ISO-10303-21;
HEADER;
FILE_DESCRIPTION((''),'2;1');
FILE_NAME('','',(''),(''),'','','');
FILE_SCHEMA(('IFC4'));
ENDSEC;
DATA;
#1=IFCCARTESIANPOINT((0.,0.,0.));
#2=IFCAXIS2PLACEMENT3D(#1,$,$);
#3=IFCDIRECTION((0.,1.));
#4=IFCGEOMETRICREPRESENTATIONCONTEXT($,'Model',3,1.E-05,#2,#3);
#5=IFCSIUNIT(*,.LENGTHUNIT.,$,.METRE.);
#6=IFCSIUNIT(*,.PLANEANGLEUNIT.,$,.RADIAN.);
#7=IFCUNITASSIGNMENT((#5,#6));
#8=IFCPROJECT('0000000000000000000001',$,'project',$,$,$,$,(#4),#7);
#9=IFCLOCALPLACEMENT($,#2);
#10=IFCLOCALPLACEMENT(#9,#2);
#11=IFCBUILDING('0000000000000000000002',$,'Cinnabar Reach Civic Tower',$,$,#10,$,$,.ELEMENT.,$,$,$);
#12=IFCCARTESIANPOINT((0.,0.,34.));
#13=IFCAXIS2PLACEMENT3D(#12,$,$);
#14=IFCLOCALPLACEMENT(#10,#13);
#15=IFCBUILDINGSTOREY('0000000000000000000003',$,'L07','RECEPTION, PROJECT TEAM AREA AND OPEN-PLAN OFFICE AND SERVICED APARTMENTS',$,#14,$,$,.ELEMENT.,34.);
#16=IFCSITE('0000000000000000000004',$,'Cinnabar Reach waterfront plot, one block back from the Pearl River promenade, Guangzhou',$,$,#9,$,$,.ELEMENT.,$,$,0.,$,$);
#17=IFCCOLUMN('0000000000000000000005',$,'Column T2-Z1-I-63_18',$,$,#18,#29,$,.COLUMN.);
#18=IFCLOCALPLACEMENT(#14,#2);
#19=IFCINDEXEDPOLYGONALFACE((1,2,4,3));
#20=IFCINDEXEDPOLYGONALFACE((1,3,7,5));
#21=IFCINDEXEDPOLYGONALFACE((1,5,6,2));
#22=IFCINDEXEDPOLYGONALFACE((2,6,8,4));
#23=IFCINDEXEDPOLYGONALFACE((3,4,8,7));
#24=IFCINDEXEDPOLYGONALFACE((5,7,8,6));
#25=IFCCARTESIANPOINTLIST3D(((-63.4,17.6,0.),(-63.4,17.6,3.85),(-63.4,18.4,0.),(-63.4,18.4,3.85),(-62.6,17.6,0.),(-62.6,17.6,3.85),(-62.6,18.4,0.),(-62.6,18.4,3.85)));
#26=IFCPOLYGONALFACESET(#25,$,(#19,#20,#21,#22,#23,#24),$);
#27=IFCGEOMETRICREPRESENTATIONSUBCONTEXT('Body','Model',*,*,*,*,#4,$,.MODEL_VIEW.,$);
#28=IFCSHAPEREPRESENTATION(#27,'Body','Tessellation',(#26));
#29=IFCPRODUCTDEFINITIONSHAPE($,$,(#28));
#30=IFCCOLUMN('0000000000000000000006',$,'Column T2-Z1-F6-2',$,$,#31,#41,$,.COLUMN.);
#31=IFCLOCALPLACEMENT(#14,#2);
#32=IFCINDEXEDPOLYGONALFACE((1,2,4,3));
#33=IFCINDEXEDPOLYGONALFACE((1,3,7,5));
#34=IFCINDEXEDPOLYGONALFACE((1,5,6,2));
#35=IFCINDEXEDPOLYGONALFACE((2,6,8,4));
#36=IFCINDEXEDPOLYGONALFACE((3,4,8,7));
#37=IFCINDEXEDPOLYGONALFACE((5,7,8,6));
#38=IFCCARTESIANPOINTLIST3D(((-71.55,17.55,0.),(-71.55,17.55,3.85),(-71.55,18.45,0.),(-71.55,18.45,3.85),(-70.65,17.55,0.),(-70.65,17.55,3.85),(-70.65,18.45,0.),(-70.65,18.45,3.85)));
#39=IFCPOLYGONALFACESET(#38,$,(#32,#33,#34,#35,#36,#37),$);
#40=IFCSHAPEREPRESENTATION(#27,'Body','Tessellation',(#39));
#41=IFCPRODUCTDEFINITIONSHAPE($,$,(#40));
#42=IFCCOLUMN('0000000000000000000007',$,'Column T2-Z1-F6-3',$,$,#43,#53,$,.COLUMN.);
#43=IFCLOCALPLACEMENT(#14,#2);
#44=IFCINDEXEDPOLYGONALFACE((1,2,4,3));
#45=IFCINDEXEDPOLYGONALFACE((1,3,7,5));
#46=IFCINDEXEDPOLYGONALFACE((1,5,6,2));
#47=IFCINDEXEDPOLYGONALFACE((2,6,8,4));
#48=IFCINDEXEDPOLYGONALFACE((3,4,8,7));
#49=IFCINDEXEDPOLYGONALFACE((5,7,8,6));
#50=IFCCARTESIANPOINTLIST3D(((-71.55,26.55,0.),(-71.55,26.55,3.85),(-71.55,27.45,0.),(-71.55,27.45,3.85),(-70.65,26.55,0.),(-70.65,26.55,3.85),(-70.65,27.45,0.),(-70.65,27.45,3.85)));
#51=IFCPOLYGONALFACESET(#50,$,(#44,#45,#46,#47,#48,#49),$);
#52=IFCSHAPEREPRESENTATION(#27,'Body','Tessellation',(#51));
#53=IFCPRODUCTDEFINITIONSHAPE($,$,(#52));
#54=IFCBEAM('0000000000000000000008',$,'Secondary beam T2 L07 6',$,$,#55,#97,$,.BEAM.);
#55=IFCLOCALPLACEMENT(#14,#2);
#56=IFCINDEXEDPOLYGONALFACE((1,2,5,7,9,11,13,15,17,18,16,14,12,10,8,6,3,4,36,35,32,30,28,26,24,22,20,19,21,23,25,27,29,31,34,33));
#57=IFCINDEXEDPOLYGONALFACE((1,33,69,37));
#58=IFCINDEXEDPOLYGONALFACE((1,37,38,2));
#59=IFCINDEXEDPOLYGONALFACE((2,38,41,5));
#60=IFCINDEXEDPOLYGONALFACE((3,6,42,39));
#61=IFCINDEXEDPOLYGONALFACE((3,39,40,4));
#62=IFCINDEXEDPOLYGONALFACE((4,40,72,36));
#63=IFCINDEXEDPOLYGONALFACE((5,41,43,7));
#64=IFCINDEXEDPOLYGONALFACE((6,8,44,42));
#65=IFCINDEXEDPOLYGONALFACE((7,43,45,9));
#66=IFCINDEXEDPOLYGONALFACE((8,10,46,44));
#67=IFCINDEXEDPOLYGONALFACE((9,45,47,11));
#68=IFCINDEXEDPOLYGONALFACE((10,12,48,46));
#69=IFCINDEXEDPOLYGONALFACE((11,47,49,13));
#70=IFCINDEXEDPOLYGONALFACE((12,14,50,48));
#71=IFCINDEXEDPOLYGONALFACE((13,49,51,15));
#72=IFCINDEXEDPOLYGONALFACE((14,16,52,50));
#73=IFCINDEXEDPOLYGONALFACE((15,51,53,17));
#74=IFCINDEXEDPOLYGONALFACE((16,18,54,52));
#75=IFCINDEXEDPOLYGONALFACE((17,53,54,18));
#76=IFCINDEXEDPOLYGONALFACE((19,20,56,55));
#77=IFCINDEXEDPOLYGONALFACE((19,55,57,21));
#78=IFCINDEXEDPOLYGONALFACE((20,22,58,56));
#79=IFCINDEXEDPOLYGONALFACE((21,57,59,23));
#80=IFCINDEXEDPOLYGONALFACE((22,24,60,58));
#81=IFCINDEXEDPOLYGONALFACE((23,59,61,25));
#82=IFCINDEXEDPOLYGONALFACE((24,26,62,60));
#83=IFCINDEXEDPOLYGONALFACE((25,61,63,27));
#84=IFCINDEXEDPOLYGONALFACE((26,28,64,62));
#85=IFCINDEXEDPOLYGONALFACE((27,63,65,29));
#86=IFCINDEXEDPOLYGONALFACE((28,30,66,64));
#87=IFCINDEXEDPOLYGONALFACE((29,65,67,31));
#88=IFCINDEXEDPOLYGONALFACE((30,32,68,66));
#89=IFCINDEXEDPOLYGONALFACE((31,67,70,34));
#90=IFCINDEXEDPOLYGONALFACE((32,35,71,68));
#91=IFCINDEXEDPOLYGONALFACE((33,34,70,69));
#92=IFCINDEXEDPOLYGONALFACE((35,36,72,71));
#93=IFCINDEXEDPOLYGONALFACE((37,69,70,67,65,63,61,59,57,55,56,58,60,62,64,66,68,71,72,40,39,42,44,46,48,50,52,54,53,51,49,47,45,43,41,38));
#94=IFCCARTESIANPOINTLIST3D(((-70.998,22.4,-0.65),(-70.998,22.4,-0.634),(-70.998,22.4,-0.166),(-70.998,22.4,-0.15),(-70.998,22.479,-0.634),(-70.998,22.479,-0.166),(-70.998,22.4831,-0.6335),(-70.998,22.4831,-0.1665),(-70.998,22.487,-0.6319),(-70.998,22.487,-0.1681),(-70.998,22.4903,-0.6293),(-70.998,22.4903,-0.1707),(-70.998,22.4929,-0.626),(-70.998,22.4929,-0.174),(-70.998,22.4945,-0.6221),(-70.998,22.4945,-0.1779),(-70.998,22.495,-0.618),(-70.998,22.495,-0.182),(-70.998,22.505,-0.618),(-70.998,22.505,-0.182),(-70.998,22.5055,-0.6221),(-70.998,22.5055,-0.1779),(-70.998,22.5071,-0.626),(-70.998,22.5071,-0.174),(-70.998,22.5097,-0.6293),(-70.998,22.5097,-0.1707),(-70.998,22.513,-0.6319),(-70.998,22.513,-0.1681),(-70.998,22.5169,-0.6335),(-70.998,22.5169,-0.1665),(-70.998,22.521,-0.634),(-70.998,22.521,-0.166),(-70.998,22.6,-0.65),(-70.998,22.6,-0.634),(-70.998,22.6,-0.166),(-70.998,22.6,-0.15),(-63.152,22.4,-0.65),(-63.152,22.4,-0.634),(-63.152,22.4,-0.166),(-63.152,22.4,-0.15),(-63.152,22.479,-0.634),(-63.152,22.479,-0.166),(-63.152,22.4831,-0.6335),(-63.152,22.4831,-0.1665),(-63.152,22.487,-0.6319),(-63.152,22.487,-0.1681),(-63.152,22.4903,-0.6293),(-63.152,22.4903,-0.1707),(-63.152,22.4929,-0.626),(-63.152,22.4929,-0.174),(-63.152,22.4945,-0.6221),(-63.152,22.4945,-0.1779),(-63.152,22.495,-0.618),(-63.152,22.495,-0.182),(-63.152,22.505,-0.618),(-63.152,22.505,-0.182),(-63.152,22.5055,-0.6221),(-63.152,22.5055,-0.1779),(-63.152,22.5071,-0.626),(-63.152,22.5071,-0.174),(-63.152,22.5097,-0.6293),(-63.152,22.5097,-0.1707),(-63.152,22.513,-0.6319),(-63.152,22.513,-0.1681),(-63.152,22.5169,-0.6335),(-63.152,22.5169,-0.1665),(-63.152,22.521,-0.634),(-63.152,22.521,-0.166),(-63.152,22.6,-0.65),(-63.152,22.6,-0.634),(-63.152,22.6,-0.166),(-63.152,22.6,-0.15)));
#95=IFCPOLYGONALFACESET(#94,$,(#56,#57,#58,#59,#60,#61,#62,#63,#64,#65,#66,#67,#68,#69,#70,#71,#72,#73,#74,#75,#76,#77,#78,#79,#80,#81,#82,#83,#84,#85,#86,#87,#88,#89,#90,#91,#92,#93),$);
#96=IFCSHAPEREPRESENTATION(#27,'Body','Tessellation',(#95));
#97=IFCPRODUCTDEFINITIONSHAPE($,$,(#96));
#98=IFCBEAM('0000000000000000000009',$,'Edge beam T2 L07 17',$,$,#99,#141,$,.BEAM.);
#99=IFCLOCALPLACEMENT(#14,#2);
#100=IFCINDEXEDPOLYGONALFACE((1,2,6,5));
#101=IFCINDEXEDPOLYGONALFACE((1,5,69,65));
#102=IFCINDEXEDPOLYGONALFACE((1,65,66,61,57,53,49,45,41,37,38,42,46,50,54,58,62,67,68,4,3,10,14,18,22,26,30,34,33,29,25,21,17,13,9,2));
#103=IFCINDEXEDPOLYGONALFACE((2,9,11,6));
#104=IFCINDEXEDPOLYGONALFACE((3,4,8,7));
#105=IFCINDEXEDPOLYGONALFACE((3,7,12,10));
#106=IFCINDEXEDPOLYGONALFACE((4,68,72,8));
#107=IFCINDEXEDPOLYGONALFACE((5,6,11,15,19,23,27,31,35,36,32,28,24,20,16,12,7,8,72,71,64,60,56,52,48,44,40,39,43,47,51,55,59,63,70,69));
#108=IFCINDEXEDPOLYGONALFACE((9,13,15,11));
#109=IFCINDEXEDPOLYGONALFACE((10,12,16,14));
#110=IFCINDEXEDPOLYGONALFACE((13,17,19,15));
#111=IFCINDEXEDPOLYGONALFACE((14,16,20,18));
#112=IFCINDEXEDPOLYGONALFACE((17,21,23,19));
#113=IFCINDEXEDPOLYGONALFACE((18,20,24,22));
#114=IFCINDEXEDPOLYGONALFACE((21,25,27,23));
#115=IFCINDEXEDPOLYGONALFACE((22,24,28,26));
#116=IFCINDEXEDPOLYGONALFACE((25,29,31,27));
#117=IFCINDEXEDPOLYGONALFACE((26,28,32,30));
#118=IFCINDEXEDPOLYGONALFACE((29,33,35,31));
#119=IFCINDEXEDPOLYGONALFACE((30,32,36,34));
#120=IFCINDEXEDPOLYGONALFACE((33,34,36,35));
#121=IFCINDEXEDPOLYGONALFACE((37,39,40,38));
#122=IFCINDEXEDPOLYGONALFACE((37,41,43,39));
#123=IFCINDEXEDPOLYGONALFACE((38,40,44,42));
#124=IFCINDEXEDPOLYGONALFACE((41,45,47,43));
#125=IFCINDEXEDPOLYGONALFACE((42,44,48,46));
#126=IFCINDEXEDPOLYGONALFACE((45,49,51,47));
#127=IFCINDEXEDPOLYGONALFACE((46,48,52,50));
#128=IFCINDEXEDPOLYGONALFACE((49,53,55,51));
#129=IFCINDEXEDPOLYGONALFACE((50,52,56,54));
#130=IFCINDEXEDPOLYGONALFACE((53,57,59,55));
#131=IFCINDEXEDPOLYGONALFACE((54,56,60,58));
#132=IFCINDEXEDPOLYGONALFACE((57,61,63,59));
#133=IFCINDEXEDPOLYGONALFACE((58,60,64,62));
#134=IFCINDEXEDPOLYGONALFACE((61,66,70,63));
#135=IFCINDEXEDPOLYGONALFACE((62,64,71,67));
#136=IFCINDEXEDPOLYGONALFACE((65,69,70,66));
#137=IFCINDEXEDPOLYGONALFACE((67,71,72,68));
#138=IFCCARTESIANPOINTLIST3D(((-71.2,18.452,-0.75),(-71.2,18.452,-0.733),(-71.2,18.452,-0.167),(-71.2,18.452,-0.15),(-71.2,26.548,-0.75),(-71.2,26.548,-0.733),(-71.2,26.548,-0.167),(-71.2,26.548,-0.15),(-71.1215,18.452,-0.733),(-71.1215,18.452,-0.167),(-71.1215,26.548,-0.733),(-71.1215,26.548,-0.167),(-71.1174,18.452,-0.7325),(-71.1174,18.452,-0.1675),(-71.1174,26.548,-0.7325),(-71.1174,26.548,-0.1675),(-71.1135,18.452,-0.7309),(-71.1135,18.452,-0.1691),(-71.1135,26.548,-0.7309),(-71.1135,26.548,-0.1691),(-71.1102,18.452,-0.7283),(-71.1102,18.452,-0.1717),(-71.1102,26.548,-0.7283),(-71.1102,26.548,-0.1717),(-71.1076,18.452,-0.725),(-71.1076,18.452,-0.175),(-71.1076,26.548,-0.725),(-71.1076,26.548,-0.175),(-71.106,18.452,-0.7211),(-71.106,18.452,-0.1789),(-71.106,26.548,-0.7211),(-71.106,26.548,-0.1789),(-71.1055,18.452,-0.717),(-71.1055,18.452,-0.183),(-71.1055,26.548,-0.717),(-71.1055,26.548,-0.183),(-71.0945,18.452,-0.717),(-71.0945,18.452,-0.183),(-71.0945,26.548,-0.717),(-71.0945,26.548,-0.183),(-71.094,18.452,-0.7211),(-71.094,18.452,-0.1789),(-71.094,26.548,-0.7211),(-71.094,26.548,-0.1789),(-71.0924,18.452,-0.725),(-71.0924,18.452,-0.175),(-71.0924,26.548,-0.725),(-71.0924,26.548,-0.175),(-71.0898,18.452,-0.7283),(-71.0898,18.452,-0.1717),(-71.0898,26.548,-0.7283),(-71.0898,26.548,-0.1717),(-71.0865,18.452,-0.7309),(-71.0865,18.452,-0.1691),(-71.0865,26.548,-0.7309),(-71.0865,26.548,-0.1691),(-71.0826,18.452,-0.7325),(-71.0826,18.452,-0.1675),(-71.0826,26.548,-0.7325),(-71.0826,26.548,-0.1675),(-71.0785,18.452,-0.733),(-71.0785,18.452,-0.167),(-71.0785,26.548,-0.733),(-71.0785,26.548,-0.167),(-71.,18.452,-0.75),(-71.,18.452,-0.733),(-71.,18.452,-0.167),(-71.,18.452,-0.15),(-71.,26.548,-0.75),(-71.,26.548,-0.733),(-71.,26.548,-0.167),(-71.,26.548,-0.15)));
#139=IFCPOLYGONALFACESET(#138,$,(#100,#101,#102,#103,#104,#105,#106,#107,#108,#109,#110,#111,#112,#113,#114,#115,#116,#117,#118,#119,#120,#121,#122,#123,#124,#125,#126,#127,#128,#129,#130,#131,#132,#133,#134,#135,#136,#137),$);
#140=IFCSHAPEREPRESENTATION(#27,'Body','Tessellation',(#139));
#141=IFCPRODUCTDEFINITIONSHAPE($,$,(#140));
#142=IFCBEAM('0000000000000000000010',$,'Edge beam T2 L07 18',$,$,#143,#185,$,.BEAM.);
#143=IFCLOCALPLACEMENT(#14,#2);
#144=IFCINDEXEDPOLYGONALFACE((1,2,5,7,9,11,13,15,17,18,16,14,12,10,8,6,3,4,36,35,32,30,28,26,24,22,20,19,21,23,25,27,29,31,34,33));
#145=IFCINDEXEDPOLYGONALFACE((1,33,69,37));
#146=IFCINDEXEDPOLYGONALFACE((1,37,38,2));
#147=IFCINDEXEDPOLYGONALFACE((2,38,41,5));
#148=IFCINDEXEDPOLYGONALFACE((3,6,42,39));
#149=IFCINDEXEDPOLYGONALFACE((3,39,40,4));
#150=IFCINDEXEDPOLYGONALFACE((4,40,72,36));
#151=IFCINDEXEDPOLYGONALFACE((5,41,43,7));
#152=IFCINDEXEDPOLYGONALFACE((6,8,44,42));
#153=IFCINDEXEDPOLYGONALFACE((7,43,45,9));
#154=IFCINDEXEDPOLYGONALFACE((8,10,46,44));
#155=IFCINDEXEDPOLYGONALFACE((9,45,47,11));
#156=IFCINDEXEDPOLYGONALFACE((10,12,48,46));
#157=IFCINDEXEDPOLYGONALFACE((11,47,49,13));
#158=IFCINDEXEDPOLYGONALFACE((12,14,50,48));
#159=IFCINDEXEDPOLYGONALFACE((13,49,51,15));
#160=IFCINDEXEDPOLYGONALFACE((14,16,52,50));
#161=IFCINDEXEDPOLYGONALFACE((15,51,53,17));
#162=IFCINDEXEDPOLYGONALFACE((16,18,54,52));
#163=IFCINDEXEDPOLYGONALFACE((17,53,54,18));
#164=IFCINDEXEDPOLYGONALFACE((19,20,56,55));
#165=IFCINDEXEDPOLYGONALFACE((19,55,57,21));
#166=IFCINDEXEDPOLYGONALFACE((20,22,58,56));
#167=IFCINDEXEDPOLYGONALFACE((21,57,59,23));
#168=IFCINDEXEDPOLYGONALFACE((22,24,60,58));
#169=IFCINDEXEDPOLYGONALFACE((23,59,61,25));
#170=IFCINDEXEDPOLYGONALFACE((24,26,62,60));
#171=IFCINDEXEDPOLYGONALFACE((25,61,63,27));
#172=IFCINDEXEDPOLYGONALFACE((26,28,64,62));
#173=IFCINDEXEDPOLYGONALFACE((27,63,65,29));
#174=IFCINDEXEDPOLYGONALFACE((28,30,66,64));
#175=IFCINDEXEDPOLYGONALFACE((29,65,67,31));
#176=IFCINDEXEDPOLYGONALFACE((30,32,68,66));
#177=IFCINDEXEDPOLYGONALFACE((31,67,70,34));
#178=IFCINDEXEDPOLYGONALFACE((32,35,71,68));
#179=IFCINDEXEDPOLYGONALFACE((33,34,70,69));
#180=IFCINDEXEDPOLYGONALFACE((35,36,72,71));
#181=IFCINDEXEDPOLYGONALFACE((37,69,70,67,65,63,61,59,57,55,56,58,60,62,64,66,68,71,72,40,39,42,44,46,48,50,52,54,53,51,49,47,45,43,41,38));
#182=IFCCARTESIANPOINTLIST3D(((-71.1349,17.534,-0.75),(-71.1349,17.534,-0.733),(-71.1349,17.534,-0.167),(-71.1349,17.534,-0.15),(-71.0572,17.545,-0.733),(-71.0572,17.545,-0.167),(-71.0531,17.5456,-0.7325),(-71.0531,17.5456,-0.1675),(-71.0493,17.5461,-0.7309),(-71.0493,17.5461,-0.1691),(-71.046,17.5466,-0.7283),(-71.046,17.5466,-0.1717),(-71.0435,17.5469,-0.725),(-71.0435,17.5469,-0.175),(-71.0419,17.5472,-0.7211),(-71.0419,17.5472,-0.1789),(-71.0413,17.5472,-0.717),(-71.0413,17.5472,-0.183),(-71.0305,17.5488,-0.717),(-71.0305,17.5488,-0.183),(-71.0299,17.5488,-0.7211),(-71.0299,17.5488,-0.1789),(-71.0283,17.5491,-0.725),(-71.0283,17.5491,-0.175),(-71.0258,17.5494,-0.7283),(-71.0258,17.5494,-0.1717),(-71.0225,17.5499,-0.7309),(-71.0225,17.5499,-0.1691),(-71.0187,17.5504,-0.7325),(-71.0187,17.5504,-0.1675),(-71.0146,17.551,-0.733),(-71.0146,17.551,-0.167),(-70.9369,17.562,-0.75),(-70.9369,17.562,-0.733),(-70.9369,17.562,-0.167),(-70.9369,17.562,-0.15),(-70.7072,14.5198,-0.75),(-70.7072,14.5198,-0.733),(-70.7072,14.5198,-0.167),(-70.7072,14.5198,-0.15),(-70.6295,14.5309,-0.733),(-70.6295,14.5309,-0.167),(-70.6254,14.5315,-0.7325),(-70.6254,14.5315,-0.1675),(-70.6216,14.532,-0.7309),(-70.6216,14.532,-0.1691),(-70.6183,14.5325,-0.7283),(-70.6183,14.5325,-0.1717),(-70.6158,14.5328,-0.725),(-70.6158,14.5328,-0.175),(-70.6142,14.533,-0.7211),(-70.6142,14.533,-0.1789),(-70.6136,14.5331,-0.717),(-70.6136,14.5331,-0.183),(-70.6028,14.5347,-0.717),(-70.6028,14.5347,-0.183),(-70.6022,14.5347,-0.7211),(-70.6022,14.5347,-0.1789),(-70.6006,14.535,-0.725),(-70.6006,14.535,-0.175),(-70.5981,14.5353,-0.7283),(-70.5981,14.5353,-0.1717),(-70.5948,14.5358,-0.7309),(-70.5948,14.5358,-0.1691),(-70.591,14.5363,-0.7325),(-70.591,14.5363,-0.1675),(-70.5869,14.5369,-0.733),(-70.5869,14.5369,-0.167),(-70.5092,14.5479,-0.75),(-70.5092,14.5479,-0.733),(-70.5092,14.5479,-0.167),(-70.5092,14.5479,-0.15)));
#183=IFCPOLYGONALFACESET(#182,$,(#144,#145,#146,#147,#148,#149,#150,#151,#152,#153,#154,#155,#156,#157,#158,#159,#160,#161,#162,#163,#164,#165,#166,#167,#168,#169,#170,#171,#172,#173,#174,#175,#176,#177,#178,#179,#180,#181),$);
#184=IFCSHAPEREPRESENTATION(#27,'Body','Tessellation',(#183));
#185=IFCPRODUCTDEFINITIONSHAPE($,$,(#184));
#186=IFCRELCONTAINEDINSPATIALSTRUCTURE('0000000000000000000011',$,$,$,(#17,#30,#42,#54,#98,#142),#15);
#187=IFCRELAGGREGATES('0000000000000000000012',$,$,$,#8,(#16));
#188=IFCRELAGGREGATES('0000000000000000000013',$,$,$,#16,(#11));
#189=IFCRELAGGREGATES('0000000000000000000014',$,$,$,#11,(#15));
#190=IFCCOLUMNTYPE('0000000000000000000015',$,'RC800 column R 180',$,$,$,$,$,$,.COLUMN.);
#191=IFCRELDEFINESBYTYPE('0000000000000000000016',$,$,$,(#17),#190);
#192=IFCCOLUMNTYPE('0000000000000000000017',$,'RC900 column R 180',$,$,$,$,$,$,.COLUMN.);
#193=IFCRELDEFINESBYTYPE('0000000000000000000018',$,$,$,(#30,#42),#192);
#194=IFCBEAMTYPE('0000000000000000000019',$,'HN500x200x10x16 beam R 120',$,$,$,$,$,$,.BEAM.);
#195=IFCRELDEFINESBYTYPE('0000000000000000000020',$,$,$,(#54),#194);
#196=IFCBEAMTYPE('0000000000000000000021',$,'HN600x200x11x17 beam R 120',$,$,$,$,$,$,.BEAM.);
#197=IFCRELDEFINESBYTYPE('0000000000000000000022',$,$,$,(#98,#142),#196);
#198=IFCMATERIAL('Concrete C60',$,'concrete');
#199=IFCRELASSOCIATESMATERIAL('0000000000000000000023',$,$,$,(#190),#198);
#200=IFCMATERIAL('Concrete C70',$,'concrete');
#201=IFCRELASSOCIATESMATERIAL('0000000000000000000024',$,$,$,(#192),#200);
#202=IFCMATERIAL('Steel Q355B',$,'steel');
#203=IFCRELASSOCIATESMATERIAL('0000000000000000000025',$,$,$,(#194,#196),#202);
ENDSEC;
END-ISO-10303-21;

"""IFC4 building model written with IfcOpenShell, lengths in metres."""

from ifc_helpers import new_model, si_unit, direction, frame, origin, origin_2d, place, context, subcontext, project, spatial, rectangle, i_section, extrude, material, material_profile, profile_set, type_object, element, save


model = new_model("IFC4")

# Units and contexts
model_context = context("Model", 3, precision=1e-05, world=origin(), true_north=direction((0.0, 1.0)))
body_context = subcontext(model_context, "Body", "Model", "MODEL_VIEW")
ifc_project = project(units=[si_unit("LENGTHUNIT", "METRE"), si_unit("PLANEANGLEUNIT", "RADIAN")], contexts=[model_context])

# Site, building, storey
site_placement = place(None, origin())
site = spatial("IfcSite", under=ifc_project, at=site_placement, Name="Cinnabar Reach waterfront plot, one block back from the Pearl River promenade, Guangzhou", CompositionType="ELEMENT", RefElevation=0.0)
building_placement = place(site_placement, origin())
building = spatial("IfcBuilding", under=site, at=building_placement, Name="Cinnabar Reach Civic Tower", CompositionType="ELEMENT")
storey_placement = place(building_placement, frame((0.0, 0.0, 34.0)))
storey = spatial("IfcBuildingStorey", under=building, at=storey_placement, Name="L07", Description="RECEPTION, PROJECT TEAM AREA AND OPEN-PLAN OFFICE AND SERVICED APARTMENTS", CompositionType="ELEMENT", Elevation=34.0)

# Columns
ifc_material_1 = material(Name="Concrete C60", Category="concrete")
ifc_material_profile_1 = material_profile(ifc_material_1, rectangle(XDim=0.8, YDim=0.8, at=origin_2d()), Name="RC800")
ifc_profile_set_1 = profile_set([ifc_material_profile_1], Name="Concrete C60")
column_type_1 = type_object("IfcColumnType", Name="RC800 column R 180", PredefinedType="COLUMN", material=ifc_profile_set_1)
column_placement = place(storey_placement, frame((-63.0, 18.0, 0.0), z_axis=(0.0, 0.0, 1.0), x_axis=(1.0, 0.0, 0.0)))
element("IfcColumn", 1, at=column_placement, inside=storey, type_object=column_type_1, Name="Column T2-Z1-I-63_18", PredefinedType="COLUMN", context=body_context, shape_type="SweptSolid", body=[
    extrude(rectangle(XDim=0.8, YDim=0.8, at=origin_2d()), origin(), (0.0, 0.0, 1.0), 3.85),
])
ifc_material_2 = material(Name="Concrete C70", Category="concrete")
ifc_material_profile_2 = material_profile(ifc_material_2, rectangle(XDim=0.9, YDim=0.9, at=origin_2d()), Name="RC900")
ifc_profile_set_2 = profile_set([ifc_material_profile_2], Name="Concrete C70")
column_type_2 = type_object("IfcColumnType", Name="RC900 column R 180", PredefinedType="COLUMN", material=ifc_profile_set_2)
for number, where, z_axis, x_axis, name in (
    (2, (-71.1, 18.0, 0.0), (0.0, 0.0, 1.0), (1.0, 0.0, 0.0), "Column T2-Z1-F6-2"),
    (3, (-71.1, 27.0, 0.0), (0.0, 0.0, 1.0), (1.0, 0.0, 0.0), "Column T2-Z1-F6-3"),
):
    element("IfcColumn", number, at=place(storey_placement, frame(where, z_axis=z_axis, x_axis=x_axis)), inside=storey, type_object=column_type_2, Name=name, PredefinedType="COLUMN", context=body_context, shape_type="SweptSolid", body=[
        extrude(rectangle(XDim=0.9, YDim=0.9, at=origin_2d()), origin(), (0.0, 0.0, 1.0), 3.85),
    ])

# Beams
ifc_material_3 = material(Name="Steel Q355B", Category="steel")
ifc_material_profile_3 = material_profile(ifc_material_3, i_section(OverallWidth=0.2, OverallDepth=0.5, WebThickness=0.01, FlangeThickness=0.016, FilletRadius=0.016, at=origin_2d()), Name="HN500x200x10x16")
ifc_profile_set_3 = profile_set([ifc_material_profile_3], Name="Steel Q355B")
beam_type_1 = type_object("IfcBeamType", Name="HN500x200x10x16 beam R 120", PredefinedType="BEAM", material=ifc_profile_set_3)
beam_1_placement = place(storey_placement, frame((-70.998, 22.5, -0.4), z_axis=(1.0, 0.0, 0.0), x_axis=(0.0, 1.0, 0.0)))
element("IfcBeam", 4, at=beam_1_placement, inside=storey, type_object=beam_type_1, Name="Secondary beam T2 L07 6", PredefinedType="BEAM", context=body_context, shape_type="SweptSolid", body=[
    extrude(i_section(OverallWidth=0.2, OverallDepth=0.5, WebThickness=0.01, FlangeThickness=0.016, FilletRadius=0.016, at=origin_2d()), origin(), (0.0, 0.0, 1.0), 7.846),
])
ifc_material_profile_4 = material_profile(ifc_material_3, i_section(OverallWidth=0.2, OverallDepth=0.6, WebThickness=0.011, FlangeThickness=0.017, FilletRadius=0.016, at=origin_2d()), Name="HN600x200x11x17")
ifc_profile_set_4 = profile_set([ifc_material_profile_4], Name="Steel Q355B")
beam_type_2 = type_object("IfcBeamType", Name="HN600x200x11x17 beam R 120", PredefinedType="BEAM", material=ifc_profile_set_4)
beam_2_placement = place(storey_placement, frame((-71.1, 26.548, -0.45), z_axis=(0.0, -1.0, 0.0), x_axis=(1.0, 0.0, 0.0)))
element("IfcBeam", 5, at=beam_2_placement, inside=storey, type_object=beam_type_2, Name="Edge beam T2 L07 17", PredefinedType="BEAM", context=body_context, shape_type="SweptSolid", body=[
    extrude(i_section(OverallWidth=0.2, OverallDepth=0.6, WebThickness=0.011, FlangeThickness=0.017, FilletRadius=0.016, at=origin_2d()), origin(), (0.0, 0.0, 1.0), 8.096),
])
beam_3_placement = place(storey_placement, frame((-71.0359, 17.548, -0.45), z_axis=(0.140492, -0.990082, 0.0), x_axis=(0.990082, 0.140492, 0.0)))
element("IfcBeam", 6, at=beam_3_placement, inside=storey, type_object=beam_type_2, Name="Edge beam T2 L07 18", PredefinedType="BEAM", context=body_context, shape_type="SweptSolid", body=[
    extrude(i_section(OverallWidth=0.2, OverallDepth=0.6, WebThickness=0.011, FlangeThickness=0.017, FilletRadius=0.016, at=origin_2d()), origin(), (0.0, 0.0, 1.0), 3.0443),
])

save(model, "model.ifc")
